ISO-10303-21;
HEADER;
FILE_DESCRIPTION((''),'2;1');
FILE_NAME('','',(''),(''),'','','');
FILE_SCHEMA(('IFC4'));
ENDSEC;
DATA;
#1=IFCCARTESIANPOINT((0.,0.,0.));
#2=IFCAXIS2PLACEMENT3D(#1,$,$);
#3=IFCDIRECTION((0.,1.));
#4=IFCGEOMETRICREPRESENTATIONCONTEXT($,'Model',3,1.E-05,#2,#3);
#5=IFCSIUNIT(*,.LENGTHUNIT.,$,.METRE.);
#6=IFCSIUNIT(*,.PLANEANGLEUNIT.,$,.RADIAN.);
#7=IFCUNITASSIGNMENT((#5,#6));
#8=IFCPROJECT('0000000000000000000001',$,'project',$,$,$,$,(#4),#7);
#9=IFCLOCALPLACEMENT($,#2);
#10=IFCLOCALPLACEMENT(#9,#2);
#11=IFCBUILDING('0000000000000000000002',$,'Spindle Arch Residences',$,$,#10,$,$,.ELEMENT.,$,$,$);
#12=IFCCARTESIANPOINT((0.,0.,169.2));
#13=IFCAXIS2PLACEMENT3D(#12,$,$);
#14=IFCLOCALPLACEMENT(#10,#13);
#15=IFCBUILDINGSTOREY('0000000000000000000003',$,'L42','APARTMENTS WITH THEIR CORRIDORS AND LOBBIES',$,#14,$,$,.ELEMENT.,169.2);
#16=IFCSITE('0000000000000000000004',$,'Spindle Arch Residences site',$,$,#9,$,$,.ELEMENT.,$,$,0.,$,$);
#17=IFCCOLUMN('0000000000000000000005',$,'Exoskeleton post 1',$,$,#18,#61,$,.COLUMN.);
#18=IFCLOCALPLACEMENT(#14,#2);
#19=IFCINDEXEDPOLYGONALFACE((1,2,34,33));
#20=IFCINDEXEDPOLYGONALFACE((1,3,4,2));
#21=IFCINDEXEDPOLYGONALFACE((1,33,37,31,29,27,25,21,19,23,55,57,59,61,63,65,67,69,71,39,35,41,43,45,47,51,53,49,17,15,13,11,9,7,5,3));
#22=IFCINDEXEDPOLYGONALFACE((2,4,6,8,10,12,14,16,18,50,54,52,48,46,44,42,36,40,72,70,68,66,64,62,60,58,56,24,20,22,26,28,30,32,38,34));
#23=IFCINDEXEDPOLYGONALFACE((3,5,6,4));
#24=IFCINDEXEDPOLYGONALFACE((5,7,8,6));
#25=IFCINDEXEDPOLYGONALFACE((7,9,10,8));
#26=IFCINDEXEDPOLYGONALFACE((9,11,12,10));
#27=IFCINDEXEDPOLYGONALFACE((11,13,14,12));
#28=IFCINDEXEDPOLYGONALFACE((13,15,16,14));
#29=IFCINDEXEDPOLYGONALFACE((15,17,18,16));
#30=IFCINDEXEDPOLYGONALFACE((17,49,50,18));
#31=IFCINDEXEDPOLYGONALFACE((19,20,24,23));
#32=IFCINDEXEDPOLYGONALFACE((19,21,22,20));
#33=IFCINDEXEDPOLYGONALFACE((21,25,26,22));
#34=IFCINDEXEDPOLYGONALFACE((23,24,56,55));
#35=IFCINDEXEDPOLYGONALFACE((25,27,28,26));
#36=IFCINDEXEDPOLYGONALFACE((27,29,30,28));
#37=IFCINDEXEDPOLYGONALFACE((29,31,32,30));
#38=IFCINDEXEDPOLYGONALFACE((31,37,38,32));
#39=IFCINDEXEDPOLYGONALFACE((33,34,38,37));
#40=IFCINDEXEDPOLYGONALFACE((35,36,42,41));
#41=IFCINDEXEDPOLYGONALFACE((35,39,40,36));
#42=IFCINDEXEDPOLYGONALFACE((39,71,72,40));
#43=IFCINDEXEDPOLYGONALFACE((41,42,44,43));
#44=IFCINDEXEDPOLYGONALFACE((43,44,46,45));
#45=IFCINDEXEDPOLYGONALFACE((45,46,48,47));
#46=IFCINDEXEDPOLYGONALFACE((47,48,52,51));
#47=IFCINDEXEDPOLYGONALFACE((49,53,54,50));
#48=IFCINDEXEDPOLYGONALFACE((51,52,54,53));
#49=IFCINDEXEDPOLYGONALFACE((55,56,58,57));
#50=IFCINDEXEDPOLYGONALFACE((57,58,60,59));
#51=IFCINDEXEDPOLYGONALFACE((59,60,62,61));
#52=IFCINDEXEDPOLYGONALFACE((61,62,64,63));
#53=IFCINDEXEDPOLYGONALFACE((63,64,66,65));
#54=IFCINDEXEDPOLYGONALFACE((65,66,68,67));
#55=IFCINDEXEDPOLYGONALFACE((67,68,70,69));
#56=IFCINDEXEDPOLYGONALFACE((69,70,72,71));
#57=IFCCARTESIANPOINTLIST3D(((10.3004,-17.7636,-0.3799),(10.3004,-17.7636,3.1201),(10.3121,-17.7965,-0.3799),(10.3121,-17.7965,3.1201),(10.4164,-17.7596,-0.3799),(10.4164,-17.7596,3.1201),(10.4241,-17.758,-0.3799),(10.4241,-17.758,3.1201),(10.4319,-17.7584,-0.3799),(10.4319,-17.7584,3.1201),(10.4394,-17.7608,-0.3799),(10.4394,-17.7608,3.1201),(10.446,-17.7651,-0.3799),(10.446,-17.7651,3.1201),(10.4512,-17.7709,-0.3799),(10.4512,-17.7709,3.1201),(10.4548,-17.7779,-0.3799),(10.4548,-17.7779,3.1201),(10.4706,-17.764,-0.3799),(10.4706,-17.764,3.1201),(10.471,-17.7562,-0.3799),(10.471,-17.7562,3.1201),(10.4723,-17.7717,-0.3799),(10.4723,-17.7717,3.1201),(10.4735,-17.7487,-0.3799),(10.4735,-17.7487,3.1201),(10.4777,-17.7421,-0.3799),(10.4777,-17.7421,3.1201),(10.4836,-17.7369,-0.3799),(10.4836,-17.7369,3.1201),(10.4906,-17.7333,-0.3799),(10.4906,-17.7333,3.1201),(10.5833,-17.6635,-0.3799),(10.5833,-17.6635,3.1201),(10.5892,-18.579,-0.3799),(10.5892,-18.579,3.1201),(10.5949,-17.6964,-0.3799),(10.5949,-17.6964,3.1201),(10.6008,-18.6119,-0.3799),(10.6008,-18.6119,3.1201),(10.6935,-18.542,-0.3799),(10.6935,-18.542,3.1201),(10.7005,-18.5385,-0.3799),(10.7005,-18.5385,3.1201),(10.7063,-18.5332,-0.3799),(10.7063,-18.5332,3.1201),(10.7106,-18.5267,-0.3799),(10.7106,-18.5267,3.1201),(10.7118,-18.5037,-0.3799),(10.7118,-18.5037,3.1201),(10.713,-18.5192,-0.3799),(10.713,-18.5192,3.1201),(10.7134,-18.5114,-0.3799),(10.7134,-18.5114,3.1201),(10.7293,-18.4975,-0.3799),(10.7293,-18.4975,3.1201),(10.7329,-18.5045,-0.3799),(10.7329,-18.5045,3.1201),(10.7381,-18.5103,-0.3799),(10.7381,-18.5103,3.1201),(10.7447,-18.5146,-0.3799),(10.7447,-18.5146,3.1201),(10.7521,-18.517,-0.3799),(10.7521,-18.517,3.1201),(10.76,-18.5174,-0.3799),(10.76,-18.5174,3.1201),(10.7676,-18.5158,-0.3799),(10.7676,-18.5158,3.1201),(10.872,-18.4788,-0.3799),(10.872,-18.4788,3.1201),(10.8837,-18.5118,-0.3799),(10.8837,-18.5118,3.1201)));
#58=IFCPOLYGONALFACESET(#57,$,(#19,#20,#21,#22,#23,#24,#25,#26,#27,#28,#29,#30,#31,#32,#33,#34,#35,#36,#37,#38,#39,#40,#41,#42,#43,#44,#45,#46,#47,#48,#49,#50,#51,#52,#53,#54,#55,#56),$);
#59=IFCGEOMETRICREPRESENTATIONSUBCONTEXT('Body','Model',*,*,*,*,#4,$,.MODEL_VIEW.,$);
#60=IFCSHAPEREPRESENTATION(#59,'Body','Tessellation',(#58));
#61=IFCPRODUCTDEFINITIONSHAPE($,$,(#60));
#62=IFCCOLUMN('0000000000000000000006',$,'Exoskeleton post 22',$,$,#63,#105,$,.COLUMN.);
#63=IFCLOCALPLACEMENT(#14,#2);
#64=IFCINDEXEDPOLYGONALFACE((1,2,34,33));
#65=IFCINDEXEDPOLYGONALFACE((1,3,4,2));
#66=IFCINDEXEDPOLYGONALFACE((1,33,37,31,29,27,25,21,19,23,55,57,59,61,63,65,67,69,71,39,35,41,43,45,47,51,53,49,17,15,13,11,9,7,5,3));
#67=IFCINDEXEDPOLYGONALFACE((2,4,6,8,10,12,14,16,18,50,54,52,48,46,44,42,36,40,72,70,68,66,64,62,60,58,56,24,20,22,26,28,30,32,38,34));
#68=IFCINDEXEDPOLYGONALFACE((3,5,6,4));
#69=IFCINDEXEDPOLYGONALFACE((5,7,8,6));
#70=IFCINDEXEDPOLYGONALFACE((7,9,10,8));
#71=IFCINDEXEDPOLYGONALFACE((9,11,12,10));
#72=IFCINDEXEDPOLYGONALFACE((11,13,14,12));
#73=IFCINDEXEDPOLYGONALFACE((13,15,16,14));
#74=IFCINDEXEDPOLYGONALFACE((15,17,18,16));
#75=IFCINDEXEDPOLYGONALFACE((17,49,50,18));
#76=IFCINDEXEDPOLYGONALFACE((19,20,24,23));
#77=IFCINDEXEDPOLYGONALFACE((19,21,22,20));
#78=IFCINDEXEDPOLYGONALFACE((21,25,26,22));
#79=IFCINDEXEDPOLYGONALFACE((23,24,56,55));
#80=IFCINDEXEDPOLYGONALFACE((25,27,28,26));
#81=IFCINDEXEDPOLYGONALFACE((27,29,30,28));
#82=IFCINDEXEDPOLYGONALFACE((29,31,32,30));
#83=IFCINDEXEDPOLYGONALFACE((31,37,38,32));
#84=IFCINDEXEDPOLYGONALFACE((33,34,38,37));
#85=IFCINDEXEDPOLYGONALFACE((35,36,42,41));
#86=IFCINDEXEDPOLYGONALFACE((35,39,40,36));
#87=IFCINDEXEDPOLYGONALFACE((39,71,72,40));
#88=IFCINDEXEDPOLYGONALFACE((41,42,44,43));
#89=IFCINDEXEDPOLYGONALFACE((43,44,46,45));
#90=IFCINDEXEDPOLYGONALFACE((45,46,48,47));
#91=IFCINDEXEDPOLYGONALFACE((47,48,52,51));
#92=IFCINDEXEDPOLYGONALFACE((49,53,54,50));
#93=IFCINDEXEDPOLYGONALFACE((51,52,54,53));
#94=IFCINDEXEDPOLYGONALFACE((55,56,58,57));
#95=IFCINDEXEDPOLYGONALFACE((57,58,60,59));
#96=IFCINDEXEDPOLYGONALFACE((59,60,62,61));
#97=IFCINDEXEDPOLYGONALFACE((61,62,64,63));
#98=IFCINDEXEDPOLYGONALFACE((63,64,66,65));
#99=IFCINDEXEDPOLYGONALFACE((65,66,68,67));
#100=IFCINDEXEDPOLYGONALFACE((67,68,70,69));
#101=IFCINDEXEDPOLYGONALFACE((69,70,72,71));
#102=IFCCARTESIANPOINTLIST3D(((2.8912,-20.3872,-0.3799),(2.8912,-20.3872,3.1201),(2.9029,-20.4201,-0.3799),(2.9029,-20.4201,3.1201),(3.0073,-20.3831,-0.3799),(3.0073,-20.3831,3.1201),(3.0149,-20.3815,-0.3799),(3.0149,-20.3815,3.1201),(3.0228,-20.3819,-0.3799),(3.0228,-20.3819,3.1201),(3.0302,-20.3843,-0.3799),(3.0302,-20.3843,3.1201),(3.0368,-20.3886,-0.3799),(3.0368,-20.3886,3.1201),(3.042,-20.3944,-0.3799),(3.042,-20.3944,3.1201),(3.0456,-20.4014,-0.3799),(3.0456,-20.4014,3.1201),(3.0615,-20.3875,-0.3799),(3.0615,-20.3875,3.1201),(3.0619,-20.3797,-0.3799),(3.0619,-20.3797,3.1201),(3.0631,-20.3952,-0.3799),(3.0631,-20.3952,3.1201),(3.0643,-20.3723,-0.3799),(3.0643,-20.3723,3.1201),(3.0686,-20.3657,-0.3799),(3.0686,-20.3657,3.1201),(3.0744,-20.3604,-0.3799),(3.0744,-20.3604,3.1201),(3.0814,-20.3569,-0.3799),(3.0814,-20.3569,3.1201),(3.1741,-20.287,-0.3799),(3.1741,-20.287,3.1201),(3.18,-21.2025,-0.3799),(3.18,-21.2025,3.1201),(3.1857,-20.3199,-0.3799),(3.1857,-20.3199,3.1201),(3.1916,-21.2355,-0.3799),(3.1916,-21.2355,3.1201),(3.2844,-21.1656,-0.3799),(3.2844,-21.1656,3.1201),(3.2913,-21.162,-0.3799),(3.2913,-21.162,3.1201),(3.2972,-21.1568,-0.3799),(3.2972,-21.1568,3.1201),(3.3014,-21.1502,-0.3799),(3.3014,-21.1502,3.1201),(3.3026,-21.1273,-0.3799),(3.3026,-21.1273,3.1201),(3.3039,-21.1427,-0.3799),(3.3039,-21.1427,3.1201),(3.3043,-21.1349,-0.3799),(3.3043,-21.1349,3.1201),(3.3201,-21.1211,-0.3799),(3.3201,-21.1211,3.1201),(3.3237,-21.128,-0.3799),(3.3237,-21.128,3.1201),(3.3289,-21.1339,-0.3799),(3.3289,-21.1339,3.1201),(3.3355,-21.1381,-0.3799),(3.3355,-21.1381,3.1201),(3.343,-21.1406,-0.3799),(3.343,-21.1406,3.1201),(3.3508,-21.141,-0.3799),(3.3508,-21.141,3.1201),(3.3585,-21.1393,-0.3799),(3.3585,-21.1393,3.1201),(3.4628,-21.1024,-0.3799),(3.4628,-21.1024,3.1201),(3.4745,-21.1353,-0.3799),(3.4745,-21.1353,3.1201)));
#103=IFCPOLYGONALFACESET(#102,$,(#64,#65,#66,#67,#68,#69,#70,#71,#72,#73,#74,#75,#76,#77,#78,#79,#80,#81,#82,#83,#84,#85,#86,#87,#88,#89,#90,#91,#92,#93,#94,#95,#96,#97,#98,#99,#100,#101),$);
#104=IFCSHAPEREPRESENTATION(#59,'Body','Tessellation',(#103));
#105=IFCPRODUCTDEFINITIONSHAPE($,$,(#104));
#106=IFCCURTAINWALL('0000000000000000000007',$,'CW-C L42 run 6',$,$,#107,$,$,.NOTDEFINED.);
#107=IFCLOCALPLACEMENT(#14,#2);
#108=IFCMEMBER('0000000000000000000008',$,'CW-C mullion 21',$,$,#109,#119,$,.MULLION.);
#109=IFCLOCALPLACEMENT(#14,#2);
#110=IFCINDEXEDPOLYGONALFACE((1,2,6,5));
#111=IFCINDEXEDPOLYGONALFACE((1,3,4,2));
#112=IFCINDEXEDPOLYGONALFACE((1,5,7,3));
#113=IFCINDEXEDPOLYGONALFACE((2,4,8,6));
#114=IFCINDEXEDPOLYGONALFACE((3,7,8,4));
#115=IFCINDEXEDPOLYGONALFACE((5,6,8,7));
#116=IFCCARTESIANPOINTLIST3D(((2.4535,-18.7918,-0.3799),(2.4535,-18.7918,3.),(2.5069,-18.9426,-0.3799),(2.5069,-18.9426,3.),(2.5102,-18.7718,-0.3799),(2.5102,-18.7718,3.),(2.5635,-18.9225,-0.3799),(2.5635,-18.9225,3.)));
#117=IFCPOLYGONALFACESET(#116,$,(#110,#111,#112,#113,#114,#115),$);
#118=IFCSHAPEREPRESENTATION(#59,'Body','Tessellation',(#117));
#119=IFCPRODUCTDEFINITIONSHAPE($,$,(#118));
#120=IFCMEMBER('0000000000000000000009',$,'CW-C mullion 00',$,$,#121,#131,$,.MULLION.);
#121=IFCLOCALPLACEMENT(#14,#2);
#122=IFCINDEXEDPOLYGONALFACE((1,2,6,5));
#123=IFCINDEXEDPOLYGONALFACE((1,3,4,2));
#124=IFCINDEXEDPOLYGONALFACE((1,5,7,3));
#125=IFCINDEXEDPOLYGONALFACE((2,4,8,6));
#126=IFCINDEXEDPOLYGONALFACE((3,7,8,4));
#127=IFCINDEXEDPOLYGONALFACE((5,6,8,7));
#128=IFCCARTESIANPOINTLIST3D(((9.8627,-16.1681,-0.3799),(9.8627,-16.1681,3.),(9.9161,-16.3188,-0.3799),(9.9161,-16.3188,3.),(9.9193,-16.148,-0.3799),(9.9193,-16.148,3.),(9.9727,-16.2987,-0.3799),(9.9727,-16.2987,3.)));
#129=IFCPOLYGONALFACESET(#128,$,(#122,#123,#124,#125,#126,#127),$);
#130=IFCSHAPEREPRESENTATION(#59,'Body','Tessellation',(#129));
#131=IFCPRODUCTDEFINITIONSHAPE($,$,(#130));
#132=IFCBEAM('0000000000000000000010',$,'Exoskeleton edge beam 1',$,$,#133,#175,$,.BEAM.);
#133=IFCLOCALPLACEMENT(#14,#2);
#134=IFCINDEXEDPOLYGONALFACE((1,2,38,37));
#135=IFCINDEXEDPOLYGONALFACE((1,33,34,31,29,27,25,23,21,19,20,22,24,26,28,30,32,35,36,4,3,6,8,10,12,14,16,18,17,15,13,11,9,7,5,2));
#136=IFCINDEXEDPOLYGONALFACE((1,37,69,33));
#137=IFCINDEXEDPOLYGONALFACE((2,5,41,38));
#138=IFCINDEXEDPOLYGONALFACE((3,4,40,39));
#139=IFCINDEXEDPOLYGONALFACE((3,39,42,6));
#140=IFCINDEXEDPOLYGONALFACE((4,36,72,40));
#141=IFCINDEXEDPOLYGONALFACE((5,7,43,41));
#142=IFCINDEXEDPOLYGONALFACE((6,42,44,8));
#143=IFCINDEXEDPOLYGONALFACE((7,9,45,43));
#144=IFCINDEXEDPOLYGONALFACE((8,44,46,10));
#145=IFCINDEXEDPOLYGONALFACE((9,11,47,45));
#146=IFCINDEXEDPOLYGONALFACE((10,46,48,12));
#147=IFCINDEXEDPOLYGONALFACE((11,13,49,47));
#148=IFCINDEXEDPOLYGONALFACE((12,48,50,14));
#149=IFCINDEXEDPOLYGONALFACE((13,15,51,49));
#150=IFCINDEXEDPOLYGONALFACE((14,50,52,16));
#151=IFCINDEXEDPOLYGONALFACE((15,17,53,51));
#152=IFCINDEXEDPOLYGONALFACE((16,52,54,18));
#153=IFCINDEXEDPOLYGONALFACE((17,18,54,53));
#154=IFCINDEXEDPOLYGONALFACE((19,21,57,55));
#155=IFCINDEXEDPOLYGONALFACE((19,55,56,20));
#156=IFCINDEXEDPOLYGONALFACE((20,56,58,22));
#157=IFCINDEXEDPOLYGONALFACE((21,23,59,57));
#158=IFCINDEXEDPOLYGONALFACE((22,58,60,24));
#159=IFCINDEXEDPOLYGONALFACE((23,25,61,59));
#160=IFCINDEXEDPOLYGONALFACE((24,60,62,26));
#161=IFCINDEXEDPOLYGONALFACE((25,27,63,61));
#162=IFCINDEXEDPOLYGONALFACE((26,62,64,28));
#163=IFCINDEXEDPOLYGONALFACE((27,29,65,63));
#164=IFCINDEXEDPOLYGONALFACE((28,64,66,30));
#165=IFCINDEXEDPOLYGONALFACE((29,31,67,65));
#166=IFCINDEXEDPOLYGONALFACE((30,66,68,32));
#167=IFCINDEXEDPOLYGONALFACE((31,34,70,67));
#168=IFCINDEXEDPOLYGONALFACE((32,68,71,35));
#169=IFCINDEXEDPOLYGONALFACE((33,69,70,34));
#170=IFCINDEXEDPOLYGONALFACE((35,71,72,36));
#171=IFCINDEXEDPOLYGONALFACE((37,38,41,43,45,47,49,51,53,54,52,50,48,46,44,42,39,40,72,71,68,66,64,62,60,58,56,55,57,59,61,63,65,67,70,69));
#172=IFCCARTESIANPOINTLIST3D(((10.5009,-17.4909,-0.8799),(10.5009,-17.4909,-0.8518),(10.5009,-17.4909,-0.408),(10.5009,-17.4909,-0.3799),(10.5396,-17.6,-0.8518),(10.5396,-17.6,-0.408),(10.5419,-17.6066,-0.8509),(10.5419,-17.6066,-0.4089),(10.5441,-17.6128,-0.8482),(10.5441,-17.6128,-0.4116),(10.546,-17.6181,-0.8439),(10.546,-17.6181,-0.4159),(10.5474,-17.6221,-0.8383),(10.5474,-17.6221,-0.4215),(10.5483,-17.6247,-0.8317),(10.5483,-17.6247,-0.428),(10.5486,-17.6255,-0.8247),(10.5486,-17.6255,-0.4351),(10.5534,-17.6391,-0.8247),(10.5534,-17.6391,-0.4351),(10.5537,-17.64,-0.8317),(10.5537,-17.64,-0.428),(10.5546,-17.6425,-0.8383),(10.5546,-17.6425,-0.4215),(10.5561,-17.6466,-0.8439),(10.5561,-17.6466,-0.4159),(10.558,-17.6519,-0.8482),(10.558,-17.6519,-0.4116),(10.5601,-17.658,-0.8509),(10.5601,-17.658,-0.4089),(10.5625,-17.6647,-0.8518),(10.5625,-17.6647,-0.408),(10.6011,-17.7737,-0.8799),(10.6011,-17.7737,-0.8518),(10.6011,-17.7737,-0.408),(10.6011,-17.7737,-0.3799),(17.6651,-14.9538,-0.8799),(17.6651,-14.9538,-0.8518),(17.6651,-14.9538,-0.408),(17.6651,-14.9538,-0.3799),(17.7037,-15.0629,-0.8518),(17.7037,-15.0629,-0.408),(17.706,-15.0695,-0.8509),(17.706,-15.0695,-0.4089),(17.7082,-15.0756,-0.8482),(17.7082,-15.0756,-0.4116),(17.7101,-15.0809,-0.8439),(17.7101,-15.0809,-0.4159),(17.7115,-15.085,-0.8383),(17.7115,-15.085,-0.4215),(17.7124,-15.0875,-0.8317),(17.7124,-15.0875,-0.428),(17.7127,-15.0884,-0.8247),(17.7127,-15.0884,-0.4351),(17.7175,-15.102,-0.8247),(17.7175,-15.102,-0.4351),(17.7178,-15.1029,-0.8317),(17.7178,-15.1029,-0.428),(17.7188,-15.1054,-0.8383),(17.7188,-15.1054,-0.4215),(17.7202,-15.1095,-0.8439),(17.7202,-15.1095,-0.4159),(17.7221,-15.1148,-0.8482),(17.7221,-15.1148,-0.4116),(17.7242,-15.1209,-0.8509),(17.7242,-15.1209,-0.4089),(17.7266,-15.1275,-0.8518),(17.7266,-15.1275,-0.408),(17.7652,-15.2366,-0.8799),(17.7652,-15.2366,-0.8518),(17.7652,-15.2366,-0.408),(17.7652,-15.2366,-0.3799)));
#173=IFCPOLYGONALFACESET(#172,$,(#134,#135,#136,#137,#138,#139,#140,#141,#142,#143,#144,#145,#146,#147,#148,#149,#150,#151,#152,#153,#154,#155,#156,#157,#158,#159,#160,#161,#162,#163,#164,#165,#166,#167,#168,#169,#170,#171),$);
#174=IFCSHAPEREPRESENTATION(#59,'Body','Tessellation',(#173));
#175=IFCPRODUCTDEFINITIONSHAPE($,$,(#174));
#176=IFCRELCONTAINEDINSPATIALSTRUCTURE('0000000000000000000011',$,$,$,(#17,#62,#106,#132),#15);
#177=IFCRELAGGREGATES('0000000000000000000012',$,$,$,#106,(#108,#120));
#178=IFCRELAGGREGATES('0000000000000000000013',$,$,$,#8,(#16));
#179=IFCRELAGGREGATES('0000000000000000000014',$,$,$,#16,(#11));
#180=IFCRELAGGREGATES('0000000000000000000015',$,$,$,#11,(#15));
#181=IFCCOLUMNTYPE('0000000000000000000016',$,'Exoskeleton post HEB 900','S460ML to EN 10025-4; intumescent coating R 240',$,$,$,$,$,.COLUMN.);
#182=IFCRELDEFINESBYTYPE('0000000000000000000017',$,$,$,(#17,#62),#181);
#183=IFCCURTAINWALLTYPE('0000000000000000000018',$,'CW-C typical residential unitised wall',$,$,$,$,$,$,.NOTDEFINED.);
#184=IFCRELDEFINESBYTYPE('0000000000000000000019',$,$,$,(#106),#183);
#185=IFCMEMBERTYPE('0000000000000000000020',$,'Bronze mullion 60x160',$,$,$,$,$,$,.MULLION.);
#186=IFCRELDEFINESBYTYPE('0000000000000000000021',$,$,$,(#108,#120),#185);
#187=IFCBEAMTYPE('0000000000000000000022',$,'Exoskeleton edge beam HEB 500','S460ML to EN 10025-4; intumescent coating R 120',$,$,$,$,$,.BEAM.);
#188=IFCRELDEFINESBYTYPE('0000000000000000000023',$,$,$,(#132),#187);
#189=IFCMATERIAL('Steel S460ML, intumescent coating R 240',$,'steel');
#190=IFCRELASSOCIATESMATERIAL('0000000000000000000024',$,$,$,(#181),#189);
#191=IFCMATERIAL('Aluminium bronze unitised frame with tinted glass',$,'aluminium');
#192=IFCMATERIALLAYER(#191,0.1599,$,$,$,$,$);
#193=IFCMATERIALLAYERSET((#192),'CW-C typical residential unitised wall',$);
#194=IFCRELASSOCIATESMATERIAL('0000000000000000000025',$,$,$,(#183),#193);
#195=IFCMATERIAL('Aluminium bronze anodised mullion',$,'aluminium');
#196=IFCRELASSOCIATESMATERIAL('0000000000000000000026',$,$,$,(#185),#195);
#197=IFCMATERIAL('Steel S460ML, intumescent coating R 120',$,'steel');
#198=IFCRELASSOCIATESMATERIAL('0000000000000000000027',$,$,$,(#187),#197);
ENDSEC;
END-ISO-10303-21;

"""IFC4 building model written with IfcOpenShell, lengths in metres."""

from ifc_helpers import new_model, si_unit, direction, frame, origin, origin_2d, place, context, subcontext, project, spatial, rectangle, i_section, extrude, material, layer, layer_set, material_profile, profile_set, type_object, element, aggregate, save


model = new_model("IFC4")

# Units and contexts
model_context = context("Model", 3, precision=1e-05, world=origin(), true_north=direction((0.0, 1.0)))
body_context = subcontext(model_context, "Body", "Model", "MODEL_VIEW")
ifc_project = project(units=[si_unit("LENGTHUNIT", "METRE"), si_unit("PLANEANGLEUNIT", "RADIAN")], contexts=[model_context])

# Site, building, storey
site_placement = place(None, origin())
site = spatial("IfcSite", under=ifc_project, at=site_placement, Name="Spindle Arch Residences site", CompositionType="ELEMENT", RefElevation=0.0)
building_placement = place(site_placement, origin())
building = spatial("IfcBuilding", under=site, at=building_placement, Name="Spindle Arch Residences", CompositionType="ELEMENT")
storey_placement = place(building_placement, frame((0.0, 0.0, 169.2)))
storey = spatial("IfcBuildingStorey", under=building, at=storey_placement, Name="L42", Description="APARTMENTS WITH THEIR CORRIDORS AND LOBBIES", CompositionType="ELEMENT", Elevation=169.2)

# Columns
ifc_material_1 = material(Name="Steel S460ML, intumescent coating R 240", Category="steel")
ifc_material_profile_1 = material_profile(ifc_material_1, i_section(OverallWidth=0.3, OverallDepth=0.8999, WebThickness=0.0186, FlangeThickness=0.0349, FilletRadius=0.03, at=origin_2d()), Name="HEB 900")
ifc_profile_set_1 = profile_set([ifc_material_profile_1], Name="Steel S460ML, intumescent coating R 240")
column_type = type_object("IfcColumnType", Name="Exoskeleton post HEB 900", Description="S460ML to EN 10025-4; intumescent coating R 240", PredefinedType="COLUMN", material=ifc_profile_set_1)
for number, where, z_axis, x_axis, name in (
    (1, (10.592, -18.1377, -0.3799), (0.0, 0.0, 1.0), (-0.942641, -0.333807, 0.0), "Exoskeleton post 1"),
    (2, (3.1829, -20.7612, -0.3799), (0.0, 0.0, 1.0), (-0.942641, -0.333807, 0.0), "Exoskeleton post 22"),
):
    element("IfcColumn", number, at=place(storey_placement, frame(where, z_axis=z_axis, x_axis=x_axis)), inside=storey, type_object=column_type, Name=name, PredefinedType="COLUMN", context=body_context, shape_type="SweptSolid", body=[
        extrude(i_section(OverallWidth=0.3, OverallDepth=0.8999, WebThickness=0.0186, FlangeThickness=0.0349, FilletRadius=0.03, at=origin_2d()), origin(), (0.0, 0.0, 1.0), 3.5),
    ])

# Curtain wall, members
ifc_material_2 = material(Name="Aluminium bronze unitised frame with tinted glass", Category="aluminium")
ifc_layer_1 = layer(ifc_material_2, 0.1599)
ifc_layer_set_1 = layer_set([ifc_layer_1], Name="CW-C typical residential unitised wall")
curtain_wall_type = type_object("IfcCurtainWallType", Name="CW-C typical residential unitised wall", PredefinedType="NOTDEFINED", material=ifc_layer_set_1)
curtain_wall_placement = place(storey_placement, origin())
curtain_wall = element("IfcCurtainWall", 3, at=curtain_wall_placement, inside=storey, type_object=curtain_wall_type, Name="CW-C L42 run 6", PredefinedType="NOTDEFINED")
ifc_material_3 = material(Name="Aluminium bronze anodised mullion", Category="aluminium")
ifc_material_profile_2 = material_profile(ifc_material_3, rectangle(XDim=0.1599, YDim=0.0601, at=origin_2d()), Name="MU 60x160")
ifc_profile_set_2 = profile_set([ifc_material_profile_2], Name="Aluminium bronze anodised mullion")
member_type = type_object("IfcMemberType", Name="Bronze mullion 60x160", PredefinedType="MULLION", material=ifc_profile_set_2)
member_1_placement = place(storey_placement, frame((2.5085, -18.8572, -0.3799), z_axis=(0.0, 0.0, 1.0), x_axis=(-0.333807, 0.942641, 0.0)))
member_1 = element("IfcMember", 4, at=member_1_placement, type_object=member_type, Name="CW-C mullion 21", PredefinedType="MULLION", context=body_context, shape_type="SweptSolid", body=[
    extrude(rectangle(XDim=0.1599, YDim=0.0601, at=origin_2d()), origin(), (0.0, 0.0, 1.0), 3.3799),
])
member_2_placement = place(storey_placement, frame((9.9177, -16.2334, -0.3799), z_axis=(0.0, 0.0, 1.0), x_axis=(-0.333807, 0.942641, 0.0)))
member_2 = element("IfcMember", 5, at=member_2_placement, type_object=member_type, Name="CW-C mullion 00", PredefinedType="MULLION", context=body_context, shape_type="SweptSolid", body=[
    extrude(rectangle(XDim=0.1599, YDim=0.0601, at=origin_2d()), origin(), (0.0, 0.0, 1.0), 3.3799),
])

# Beam
ifc_material_4 = material(Name="Steel S460ML, intumescent coating R 120", Category="steel")
ifc_material_profile_3 = material_profile(ifc_material_4, i_section(OverallWidth=0.3, OverallDepth=0.5, WebThickness=0.0144, FlangeThickness=0.0281, FilletRadius=0.0271, at=origin_2d()), Name="HEB 500")
ifc_profile_set_3 = profile_set([ifc_material_profile_3], Name="Steel S460ML, intumescent coating R 120")
beam_type_1 = type_object("IfcBeamType", Name="Exoskeleton edge beam HEB 500", Description="S460ML to EN 10025-4; intumescent coating R 120", PredefinedType="BEAM", material=ifc_profile_set_3)
for number, where, z_axis, x_axis, name in (
    (6, (10.551, -17.6323, -0.6299), (0.942634, 0.333828, 0.0), (-0.333828, 0.942634, 0.0), "Exoskeleton edge beam 1"),
):
    element("IfcBeam", number, at=place(storey_placement, frame(where, z_axis=z_axis, x_axis=x_axis)), inside=storey, type_object=beam_type_1, Name=name, PredefinedType="BEAM", context=body_context, shape_type="SweptSolid", body=[
        extrude(i_section(OverallWidth=0.3, OverallDepth=0.5, WebThickness=0.0144, FlangeThickness=0.0281, FilletRadius=0.0271, at=origin_2d()), origin(), (0.0, 0.0, 1.0), 7.6001),
    ])

aggregate(curtain_wall, [member_1, member_2])

save(model, "model.ifc")
